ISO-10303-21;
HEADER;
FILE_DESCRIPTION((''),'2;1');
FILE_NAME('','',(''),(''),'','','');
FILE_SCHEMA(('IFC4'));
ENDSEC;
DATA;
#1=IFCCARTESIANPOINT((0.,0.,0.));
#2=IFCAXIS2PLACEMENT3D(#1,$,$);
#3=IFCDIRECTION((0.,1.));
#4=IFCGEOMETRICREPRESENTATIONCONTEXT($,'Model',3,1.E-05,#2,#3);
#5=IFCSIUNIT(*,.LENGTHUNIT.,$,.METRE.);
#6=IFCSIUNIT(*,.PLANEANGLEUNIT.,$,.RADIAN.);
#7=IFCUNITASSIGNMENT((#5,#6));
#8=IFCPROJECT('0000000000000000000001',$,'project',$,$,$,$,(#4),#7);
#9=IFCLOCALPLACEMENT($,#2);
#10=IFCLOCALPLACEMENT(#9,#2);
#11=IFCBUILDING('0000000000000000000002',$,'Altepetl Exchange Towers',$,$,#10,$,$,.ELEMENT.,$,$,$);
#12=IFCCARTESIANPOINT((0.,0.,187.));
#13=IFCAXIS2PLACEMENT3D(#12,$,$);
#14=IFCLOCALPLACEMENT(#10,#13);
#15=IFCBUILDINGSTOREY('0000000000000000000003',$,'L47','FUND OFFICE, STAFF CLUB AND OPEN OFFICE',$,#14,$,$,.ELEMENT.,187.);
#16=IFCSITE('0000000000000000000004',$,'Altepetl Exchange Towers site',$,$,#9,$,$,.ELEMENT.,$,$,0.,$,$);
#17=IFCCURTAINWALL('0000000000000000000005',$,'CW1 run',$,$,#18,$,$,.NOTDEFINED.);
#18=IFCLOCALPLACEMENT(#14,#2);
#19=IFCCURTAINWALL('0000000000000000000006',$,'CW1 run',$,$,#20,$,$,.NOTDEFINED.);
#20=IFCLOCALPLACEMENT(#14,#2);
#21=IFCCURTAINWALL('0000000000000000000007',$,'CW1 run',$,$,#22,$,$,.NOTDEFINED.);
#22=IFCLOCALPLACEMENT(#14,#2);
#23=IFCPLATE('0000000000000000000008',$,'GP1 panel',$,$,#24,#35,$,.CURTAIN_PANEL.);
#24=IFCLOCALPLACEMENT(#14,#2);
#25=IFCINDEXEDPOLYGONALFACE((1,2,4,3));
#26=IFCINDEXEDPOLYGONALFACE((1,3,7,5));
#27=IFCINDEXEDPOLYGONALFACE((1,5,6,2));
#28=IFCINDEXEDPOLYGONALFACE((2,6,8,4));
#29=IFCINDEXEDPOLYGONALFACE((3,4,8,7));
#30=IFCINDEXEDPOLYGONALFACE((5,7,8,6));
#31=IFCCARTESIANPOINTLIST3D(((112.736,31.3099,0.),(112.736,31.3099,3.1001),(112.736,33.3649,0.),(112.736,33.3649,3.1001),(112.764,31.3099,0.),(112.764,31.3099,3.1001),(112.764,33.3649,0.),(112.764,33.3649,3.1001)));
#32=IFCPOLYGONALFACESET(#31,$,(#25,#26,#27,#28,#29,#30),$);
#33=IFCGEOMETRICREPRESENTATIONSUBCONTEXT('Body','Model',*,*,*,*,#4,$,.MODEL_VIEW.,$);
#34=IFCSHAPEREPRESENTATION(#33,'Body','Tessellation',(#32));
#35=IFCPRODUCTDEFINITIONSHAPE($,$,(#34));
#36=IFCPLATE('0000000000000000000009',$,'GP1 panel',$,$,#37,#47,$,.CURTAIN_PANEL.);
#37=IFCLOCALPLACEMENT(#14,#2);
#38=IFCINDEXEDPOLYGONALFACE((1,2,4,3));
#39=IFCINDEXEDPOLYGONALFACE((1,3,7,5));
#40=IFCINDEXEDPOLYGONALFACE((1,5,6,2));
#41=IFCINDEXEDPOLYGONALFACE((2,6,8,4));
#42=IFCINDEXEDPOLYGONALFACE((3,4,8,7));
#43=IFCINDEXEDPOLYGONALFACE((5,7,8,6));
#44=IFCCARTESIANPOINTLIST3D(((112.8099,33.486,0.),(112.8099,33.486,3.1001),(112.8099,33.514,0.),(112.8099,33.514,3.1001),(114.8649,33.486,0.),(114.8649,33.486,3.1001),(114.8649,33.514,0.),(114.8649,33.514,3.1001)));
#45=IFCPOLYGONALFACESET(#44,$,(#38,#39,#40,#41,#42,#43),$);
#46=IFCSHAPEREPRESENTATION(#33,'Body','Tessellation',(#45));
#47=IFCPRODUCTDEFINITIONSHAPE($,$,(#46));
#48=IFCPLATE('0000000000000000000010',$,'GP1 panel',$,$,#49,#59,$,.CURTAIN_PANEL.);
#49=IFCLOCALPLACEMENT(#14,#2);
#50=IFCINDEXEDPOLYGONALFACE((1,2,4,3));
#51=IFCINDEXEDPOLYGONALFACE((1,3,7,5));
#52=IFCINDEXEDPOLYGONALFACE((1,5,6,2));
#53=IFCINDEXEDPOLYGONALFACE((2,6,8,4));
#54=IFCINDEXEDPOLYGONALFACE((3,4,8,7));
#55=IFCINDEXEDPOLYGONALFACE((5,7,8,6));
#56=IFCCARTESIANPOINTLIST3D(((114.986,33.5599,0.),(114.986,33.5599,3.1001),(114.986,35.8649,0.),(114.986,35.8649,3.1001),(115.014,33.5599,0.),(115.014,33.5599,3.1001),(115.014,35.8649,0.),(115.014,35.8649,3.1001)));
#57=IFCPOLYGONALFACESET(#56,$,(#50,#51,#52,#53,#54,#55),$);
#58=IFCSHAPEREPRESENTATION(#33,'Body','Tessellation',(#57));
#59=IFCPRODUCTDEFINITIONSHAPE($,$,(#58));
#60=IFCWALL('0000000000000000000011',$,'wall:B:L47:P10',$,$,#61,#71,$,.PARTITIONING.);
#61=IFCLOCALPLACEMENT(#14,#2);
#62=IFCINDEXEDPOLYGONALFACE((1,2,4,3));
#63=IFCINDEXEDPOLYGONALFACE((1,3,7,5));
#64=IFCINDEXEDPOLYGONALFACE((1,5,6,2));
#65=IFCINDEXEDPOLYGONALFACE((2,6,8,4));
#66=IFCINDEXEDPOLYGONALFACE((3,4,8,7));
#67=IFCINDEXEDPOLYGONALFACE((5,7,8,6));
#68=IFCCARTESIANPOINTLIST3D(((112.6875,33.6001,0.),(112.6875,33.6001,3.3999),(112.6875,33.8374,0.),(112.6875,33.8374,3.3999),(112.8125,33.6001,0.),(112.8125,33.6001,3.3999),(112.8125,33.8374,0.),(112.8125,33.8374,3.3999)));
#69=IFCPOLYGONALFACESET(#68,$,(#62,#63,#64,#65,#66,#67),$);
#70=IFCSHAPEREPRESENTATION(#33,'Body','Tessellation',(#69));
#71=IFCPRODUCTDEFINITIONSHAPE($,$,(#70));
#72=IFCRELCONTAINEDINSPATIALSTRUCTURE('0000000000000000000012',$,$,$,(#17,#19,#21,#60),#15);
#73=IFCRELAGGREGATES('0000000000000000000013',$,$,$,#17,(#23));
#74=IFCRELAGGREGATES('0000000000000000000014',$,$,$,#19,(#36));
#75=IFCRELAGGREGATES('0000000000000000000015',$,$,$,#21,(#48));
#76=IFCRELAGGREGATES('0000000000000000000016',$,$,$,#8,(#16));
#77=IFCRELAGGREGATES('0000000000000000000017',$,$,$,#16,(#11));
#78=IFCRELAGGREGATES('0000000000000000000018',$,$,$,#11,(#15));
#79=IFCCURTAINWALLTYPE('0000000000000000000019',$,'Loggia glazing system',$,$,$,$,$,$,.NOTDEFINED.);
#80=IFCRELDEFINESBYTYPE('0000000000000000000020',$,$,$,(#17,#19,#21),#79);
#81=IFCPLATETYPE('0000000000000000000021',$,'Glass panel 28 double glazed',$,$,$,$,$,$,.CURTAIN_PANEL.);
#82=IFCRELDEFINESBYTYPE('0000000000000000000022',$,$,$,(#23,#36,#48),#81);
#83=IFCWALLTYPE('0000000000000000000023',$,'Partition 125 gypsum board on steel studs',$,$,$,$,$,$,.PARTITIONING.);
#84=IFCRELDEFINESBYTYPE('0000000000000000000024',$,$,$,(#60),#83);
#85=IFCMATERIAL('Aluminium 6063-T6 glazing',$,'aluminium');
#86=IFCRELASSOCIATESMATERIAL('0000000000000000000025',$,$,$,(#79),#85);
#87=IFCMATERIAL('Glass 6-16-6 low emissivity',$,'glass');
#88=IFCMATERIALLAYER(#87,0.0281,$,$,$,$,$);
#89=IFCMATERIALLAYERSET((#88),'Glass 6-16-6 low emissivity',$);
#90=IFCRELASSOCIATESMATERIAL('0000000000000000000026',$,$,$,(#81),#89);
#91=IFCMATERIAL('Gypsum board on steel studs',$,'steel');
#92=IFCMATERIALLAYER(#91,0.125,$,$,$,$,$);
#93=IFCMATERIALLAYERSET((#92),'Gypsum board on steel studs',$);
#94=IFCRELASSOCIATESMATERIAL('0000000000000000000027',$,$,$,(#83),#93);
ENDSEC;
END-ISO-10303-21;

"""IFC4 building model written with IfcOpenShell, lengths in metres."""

from ifc_helpers import new_model, si_unit, direction, frame, frame_2d, origin, origin_2d, place, context, subcontext, project, spatial, rectangle, extrude, material, layer, layer_set, type_object, element, aggregate, save


model = new_model("IFC4")

# Units and contexts
model_context = context("Model", 3, precision=1e-05, world=origin(), true_north=direction((0.0, 1.0)))
body_context = subcontext(model_context, "Body", "Model", "MODEL_VIEW")
ifc_project = project(units=[si_unit("LENGTHUNIT", "METRE"), si_unit("PLANEANGLEUNIT", "RADIAN")], contexts=[model_context])

# Site, building, storey
site_placement = place(None, origin())
site = spatial("IfcSite", under=ifc_project, at=site_placement, Name="Altepetl Exchange Towers site", CompositionType="ELEMENT", RefElevation=0.0)
building_placement = place(site_placement, origin())
building = spatial("IfcBuilding", under=site, at=building_placement, Name="Altepetl Exchange Towers", CompositionType="ELEMENT")
storey_placement = place(building_placement, frame((0.0, 0.0, 187.0)))
storey = spatial("IfcBuildingStorey", under=building, at=storey_placement, Name="L47", Description="FUND OFFICE, STAFF CLUB AND OPEN OFFICE", CompositionType="ELEMENT", Elevation=187.0)

# Shared definitions
ifc_material_1 = material(Name="Aluminium 6063-T6 glazing", Category="aluminium")
curtain_wall_type = type_object("IfcCurtainWallType", Name="Loggia glazing system", PredefinedType="NOTDEFINED", material=ifc_material_1)

# Curtain walls
curtain_wall_1_placement = place(storey_placement, origin())
curtain_wall_1 = element("IfcCurtainWall", 1, at=curtain_wall_1_placement, inside=storey, type_object=curtain_wall_type, Name="CW1 run", PredefinedType="NOTDEFINED")
curtain_wall_2_placement = place(storey_placement, origin())
curtain_wall_2 = element("IfcCurtainWall", 2, at=curtain_wall_2_placement, inside=storey, type_object=curtain_wall_type, Name="CW1 run", PredefinedType="NOTDEFINED")
curtain_wall_3_placement = place(storey_placement, origin())
curtain_wall_3 = element("IfcCurtainWall", 3, at=curtain_wall_3_placement, inside=storey, type_object=curtain_wall_type, Name="CW1 run", PredefinedType="NOTDEFINED")

# Plates
ifc_material_2 = material(Name="Glass 6-16-6 low emissivity", Category="glass")
ifc_layer_1 = layer(ifc_material_2, 0.0281)
ifc_layer_set_1 = layer_set([ifc_layer_1], Name="Glass 6-16-6 low emissivity")
plate_type = type_object("IfcPlateType", Name="Glass panel 28 double glazed", PredefinedType="CURTAIN_PANEL", material=ifc_layer_set_1)
plate_1_placement = place(storey_placement, frame((112.75, 32.3374, 0.0), z_axis=(0.0, 0.0, 1.0), x_axis=(0.0, 1.0, 0.0)))
plate_1 = element("IfcPlate", 4, at=plate_1_placement, type_object=plate_type, Name="GP1 panel", PredefinedType="CURTAIN_PANEL", context=body_context, shape_type="SweptSolid", body=[
    extrude(rectangle(XDim=2.0549, YDim=0.0281, at=origin_2d()), origin(), (0.0, 0.0, 1.0), 3.1001),
])
aggregate(curtain_wall_1, [plate_1])
plate_2_placement = place(storey_placement, frame((113.8374, 33.5, 0.0)))
plate_2 = element("IfcPlate", 5, at=plate_2_placement, type_object=plate_type, Name="GP1 panel", PredefinedType="CURTAIN_PANEL", context=body_context, shape_type="SweptSolid", body=[
    extrude(rectangle(XDim=2.0549, YDim=0.0281, at=origin_2d()), origin(), (0.0, 0.0, 1.0), 3.1001),
])
aggregate(curtain_wall_2, [plate_2])
plate_3_placement = place(storey_placement, frame((115.0, 34.7124, 0.0), z_axis=(0.0, 0.0, 1.0), x_axis=(0.0, 1.0, 0.0)))
plate_3 = element("IfcPlate", 6, at=plate_3_placement, type_object=plate_type, Name="GP1 panel", PredefinedType="CURTAIN_PANEL", context=body_context, shape_type="SweptSolid", body=[
    extrude(rectangle(XDim=2.3049, YDim=0.0281, at=origin_2d()), origin(), (0.0, 0.0, 1.0), 3.1001),
])
aggregate(curtain_wall_3, [plate_3])

# Wall
ifc_material_3 = material(Name="Gypsum board on steel studs", Category="steel")
ifc_layer_2 = layer(ifc_material_3, 0.125)
ifc_layer_set_2 = layer_set([ifc_layer_2], Name="Gypsum board on steel studs")
wall_type = type_object("IfcWallType", Name="Partition 125 gypsum board on steel studs", PredefinedType="PARTITIONING", material=ifc_layer_set_2)
wall_placement = place(storey_placement, frame((112.75, 33.6001, 0.0), z_axis=(0.0, 0.0, 1.0), x_axis=(0.0, 1.0, 0.0)))
element("IfcWall", 7, at=wall_placement, inside=storey, type_object=wall_type, Name="wall:B:L47:P10", PredefinedType="PARTITIONING", context=body_context, shape_type="SweptSolid", body=[
    extrude(rectangle(XDim=0.2373, YDim=0.125, at=frame_2d((0.1187, 0.0))), origin(), (0.0, 0.0, 1.0), 3.3999),
])

save(model, "model.ifc")
